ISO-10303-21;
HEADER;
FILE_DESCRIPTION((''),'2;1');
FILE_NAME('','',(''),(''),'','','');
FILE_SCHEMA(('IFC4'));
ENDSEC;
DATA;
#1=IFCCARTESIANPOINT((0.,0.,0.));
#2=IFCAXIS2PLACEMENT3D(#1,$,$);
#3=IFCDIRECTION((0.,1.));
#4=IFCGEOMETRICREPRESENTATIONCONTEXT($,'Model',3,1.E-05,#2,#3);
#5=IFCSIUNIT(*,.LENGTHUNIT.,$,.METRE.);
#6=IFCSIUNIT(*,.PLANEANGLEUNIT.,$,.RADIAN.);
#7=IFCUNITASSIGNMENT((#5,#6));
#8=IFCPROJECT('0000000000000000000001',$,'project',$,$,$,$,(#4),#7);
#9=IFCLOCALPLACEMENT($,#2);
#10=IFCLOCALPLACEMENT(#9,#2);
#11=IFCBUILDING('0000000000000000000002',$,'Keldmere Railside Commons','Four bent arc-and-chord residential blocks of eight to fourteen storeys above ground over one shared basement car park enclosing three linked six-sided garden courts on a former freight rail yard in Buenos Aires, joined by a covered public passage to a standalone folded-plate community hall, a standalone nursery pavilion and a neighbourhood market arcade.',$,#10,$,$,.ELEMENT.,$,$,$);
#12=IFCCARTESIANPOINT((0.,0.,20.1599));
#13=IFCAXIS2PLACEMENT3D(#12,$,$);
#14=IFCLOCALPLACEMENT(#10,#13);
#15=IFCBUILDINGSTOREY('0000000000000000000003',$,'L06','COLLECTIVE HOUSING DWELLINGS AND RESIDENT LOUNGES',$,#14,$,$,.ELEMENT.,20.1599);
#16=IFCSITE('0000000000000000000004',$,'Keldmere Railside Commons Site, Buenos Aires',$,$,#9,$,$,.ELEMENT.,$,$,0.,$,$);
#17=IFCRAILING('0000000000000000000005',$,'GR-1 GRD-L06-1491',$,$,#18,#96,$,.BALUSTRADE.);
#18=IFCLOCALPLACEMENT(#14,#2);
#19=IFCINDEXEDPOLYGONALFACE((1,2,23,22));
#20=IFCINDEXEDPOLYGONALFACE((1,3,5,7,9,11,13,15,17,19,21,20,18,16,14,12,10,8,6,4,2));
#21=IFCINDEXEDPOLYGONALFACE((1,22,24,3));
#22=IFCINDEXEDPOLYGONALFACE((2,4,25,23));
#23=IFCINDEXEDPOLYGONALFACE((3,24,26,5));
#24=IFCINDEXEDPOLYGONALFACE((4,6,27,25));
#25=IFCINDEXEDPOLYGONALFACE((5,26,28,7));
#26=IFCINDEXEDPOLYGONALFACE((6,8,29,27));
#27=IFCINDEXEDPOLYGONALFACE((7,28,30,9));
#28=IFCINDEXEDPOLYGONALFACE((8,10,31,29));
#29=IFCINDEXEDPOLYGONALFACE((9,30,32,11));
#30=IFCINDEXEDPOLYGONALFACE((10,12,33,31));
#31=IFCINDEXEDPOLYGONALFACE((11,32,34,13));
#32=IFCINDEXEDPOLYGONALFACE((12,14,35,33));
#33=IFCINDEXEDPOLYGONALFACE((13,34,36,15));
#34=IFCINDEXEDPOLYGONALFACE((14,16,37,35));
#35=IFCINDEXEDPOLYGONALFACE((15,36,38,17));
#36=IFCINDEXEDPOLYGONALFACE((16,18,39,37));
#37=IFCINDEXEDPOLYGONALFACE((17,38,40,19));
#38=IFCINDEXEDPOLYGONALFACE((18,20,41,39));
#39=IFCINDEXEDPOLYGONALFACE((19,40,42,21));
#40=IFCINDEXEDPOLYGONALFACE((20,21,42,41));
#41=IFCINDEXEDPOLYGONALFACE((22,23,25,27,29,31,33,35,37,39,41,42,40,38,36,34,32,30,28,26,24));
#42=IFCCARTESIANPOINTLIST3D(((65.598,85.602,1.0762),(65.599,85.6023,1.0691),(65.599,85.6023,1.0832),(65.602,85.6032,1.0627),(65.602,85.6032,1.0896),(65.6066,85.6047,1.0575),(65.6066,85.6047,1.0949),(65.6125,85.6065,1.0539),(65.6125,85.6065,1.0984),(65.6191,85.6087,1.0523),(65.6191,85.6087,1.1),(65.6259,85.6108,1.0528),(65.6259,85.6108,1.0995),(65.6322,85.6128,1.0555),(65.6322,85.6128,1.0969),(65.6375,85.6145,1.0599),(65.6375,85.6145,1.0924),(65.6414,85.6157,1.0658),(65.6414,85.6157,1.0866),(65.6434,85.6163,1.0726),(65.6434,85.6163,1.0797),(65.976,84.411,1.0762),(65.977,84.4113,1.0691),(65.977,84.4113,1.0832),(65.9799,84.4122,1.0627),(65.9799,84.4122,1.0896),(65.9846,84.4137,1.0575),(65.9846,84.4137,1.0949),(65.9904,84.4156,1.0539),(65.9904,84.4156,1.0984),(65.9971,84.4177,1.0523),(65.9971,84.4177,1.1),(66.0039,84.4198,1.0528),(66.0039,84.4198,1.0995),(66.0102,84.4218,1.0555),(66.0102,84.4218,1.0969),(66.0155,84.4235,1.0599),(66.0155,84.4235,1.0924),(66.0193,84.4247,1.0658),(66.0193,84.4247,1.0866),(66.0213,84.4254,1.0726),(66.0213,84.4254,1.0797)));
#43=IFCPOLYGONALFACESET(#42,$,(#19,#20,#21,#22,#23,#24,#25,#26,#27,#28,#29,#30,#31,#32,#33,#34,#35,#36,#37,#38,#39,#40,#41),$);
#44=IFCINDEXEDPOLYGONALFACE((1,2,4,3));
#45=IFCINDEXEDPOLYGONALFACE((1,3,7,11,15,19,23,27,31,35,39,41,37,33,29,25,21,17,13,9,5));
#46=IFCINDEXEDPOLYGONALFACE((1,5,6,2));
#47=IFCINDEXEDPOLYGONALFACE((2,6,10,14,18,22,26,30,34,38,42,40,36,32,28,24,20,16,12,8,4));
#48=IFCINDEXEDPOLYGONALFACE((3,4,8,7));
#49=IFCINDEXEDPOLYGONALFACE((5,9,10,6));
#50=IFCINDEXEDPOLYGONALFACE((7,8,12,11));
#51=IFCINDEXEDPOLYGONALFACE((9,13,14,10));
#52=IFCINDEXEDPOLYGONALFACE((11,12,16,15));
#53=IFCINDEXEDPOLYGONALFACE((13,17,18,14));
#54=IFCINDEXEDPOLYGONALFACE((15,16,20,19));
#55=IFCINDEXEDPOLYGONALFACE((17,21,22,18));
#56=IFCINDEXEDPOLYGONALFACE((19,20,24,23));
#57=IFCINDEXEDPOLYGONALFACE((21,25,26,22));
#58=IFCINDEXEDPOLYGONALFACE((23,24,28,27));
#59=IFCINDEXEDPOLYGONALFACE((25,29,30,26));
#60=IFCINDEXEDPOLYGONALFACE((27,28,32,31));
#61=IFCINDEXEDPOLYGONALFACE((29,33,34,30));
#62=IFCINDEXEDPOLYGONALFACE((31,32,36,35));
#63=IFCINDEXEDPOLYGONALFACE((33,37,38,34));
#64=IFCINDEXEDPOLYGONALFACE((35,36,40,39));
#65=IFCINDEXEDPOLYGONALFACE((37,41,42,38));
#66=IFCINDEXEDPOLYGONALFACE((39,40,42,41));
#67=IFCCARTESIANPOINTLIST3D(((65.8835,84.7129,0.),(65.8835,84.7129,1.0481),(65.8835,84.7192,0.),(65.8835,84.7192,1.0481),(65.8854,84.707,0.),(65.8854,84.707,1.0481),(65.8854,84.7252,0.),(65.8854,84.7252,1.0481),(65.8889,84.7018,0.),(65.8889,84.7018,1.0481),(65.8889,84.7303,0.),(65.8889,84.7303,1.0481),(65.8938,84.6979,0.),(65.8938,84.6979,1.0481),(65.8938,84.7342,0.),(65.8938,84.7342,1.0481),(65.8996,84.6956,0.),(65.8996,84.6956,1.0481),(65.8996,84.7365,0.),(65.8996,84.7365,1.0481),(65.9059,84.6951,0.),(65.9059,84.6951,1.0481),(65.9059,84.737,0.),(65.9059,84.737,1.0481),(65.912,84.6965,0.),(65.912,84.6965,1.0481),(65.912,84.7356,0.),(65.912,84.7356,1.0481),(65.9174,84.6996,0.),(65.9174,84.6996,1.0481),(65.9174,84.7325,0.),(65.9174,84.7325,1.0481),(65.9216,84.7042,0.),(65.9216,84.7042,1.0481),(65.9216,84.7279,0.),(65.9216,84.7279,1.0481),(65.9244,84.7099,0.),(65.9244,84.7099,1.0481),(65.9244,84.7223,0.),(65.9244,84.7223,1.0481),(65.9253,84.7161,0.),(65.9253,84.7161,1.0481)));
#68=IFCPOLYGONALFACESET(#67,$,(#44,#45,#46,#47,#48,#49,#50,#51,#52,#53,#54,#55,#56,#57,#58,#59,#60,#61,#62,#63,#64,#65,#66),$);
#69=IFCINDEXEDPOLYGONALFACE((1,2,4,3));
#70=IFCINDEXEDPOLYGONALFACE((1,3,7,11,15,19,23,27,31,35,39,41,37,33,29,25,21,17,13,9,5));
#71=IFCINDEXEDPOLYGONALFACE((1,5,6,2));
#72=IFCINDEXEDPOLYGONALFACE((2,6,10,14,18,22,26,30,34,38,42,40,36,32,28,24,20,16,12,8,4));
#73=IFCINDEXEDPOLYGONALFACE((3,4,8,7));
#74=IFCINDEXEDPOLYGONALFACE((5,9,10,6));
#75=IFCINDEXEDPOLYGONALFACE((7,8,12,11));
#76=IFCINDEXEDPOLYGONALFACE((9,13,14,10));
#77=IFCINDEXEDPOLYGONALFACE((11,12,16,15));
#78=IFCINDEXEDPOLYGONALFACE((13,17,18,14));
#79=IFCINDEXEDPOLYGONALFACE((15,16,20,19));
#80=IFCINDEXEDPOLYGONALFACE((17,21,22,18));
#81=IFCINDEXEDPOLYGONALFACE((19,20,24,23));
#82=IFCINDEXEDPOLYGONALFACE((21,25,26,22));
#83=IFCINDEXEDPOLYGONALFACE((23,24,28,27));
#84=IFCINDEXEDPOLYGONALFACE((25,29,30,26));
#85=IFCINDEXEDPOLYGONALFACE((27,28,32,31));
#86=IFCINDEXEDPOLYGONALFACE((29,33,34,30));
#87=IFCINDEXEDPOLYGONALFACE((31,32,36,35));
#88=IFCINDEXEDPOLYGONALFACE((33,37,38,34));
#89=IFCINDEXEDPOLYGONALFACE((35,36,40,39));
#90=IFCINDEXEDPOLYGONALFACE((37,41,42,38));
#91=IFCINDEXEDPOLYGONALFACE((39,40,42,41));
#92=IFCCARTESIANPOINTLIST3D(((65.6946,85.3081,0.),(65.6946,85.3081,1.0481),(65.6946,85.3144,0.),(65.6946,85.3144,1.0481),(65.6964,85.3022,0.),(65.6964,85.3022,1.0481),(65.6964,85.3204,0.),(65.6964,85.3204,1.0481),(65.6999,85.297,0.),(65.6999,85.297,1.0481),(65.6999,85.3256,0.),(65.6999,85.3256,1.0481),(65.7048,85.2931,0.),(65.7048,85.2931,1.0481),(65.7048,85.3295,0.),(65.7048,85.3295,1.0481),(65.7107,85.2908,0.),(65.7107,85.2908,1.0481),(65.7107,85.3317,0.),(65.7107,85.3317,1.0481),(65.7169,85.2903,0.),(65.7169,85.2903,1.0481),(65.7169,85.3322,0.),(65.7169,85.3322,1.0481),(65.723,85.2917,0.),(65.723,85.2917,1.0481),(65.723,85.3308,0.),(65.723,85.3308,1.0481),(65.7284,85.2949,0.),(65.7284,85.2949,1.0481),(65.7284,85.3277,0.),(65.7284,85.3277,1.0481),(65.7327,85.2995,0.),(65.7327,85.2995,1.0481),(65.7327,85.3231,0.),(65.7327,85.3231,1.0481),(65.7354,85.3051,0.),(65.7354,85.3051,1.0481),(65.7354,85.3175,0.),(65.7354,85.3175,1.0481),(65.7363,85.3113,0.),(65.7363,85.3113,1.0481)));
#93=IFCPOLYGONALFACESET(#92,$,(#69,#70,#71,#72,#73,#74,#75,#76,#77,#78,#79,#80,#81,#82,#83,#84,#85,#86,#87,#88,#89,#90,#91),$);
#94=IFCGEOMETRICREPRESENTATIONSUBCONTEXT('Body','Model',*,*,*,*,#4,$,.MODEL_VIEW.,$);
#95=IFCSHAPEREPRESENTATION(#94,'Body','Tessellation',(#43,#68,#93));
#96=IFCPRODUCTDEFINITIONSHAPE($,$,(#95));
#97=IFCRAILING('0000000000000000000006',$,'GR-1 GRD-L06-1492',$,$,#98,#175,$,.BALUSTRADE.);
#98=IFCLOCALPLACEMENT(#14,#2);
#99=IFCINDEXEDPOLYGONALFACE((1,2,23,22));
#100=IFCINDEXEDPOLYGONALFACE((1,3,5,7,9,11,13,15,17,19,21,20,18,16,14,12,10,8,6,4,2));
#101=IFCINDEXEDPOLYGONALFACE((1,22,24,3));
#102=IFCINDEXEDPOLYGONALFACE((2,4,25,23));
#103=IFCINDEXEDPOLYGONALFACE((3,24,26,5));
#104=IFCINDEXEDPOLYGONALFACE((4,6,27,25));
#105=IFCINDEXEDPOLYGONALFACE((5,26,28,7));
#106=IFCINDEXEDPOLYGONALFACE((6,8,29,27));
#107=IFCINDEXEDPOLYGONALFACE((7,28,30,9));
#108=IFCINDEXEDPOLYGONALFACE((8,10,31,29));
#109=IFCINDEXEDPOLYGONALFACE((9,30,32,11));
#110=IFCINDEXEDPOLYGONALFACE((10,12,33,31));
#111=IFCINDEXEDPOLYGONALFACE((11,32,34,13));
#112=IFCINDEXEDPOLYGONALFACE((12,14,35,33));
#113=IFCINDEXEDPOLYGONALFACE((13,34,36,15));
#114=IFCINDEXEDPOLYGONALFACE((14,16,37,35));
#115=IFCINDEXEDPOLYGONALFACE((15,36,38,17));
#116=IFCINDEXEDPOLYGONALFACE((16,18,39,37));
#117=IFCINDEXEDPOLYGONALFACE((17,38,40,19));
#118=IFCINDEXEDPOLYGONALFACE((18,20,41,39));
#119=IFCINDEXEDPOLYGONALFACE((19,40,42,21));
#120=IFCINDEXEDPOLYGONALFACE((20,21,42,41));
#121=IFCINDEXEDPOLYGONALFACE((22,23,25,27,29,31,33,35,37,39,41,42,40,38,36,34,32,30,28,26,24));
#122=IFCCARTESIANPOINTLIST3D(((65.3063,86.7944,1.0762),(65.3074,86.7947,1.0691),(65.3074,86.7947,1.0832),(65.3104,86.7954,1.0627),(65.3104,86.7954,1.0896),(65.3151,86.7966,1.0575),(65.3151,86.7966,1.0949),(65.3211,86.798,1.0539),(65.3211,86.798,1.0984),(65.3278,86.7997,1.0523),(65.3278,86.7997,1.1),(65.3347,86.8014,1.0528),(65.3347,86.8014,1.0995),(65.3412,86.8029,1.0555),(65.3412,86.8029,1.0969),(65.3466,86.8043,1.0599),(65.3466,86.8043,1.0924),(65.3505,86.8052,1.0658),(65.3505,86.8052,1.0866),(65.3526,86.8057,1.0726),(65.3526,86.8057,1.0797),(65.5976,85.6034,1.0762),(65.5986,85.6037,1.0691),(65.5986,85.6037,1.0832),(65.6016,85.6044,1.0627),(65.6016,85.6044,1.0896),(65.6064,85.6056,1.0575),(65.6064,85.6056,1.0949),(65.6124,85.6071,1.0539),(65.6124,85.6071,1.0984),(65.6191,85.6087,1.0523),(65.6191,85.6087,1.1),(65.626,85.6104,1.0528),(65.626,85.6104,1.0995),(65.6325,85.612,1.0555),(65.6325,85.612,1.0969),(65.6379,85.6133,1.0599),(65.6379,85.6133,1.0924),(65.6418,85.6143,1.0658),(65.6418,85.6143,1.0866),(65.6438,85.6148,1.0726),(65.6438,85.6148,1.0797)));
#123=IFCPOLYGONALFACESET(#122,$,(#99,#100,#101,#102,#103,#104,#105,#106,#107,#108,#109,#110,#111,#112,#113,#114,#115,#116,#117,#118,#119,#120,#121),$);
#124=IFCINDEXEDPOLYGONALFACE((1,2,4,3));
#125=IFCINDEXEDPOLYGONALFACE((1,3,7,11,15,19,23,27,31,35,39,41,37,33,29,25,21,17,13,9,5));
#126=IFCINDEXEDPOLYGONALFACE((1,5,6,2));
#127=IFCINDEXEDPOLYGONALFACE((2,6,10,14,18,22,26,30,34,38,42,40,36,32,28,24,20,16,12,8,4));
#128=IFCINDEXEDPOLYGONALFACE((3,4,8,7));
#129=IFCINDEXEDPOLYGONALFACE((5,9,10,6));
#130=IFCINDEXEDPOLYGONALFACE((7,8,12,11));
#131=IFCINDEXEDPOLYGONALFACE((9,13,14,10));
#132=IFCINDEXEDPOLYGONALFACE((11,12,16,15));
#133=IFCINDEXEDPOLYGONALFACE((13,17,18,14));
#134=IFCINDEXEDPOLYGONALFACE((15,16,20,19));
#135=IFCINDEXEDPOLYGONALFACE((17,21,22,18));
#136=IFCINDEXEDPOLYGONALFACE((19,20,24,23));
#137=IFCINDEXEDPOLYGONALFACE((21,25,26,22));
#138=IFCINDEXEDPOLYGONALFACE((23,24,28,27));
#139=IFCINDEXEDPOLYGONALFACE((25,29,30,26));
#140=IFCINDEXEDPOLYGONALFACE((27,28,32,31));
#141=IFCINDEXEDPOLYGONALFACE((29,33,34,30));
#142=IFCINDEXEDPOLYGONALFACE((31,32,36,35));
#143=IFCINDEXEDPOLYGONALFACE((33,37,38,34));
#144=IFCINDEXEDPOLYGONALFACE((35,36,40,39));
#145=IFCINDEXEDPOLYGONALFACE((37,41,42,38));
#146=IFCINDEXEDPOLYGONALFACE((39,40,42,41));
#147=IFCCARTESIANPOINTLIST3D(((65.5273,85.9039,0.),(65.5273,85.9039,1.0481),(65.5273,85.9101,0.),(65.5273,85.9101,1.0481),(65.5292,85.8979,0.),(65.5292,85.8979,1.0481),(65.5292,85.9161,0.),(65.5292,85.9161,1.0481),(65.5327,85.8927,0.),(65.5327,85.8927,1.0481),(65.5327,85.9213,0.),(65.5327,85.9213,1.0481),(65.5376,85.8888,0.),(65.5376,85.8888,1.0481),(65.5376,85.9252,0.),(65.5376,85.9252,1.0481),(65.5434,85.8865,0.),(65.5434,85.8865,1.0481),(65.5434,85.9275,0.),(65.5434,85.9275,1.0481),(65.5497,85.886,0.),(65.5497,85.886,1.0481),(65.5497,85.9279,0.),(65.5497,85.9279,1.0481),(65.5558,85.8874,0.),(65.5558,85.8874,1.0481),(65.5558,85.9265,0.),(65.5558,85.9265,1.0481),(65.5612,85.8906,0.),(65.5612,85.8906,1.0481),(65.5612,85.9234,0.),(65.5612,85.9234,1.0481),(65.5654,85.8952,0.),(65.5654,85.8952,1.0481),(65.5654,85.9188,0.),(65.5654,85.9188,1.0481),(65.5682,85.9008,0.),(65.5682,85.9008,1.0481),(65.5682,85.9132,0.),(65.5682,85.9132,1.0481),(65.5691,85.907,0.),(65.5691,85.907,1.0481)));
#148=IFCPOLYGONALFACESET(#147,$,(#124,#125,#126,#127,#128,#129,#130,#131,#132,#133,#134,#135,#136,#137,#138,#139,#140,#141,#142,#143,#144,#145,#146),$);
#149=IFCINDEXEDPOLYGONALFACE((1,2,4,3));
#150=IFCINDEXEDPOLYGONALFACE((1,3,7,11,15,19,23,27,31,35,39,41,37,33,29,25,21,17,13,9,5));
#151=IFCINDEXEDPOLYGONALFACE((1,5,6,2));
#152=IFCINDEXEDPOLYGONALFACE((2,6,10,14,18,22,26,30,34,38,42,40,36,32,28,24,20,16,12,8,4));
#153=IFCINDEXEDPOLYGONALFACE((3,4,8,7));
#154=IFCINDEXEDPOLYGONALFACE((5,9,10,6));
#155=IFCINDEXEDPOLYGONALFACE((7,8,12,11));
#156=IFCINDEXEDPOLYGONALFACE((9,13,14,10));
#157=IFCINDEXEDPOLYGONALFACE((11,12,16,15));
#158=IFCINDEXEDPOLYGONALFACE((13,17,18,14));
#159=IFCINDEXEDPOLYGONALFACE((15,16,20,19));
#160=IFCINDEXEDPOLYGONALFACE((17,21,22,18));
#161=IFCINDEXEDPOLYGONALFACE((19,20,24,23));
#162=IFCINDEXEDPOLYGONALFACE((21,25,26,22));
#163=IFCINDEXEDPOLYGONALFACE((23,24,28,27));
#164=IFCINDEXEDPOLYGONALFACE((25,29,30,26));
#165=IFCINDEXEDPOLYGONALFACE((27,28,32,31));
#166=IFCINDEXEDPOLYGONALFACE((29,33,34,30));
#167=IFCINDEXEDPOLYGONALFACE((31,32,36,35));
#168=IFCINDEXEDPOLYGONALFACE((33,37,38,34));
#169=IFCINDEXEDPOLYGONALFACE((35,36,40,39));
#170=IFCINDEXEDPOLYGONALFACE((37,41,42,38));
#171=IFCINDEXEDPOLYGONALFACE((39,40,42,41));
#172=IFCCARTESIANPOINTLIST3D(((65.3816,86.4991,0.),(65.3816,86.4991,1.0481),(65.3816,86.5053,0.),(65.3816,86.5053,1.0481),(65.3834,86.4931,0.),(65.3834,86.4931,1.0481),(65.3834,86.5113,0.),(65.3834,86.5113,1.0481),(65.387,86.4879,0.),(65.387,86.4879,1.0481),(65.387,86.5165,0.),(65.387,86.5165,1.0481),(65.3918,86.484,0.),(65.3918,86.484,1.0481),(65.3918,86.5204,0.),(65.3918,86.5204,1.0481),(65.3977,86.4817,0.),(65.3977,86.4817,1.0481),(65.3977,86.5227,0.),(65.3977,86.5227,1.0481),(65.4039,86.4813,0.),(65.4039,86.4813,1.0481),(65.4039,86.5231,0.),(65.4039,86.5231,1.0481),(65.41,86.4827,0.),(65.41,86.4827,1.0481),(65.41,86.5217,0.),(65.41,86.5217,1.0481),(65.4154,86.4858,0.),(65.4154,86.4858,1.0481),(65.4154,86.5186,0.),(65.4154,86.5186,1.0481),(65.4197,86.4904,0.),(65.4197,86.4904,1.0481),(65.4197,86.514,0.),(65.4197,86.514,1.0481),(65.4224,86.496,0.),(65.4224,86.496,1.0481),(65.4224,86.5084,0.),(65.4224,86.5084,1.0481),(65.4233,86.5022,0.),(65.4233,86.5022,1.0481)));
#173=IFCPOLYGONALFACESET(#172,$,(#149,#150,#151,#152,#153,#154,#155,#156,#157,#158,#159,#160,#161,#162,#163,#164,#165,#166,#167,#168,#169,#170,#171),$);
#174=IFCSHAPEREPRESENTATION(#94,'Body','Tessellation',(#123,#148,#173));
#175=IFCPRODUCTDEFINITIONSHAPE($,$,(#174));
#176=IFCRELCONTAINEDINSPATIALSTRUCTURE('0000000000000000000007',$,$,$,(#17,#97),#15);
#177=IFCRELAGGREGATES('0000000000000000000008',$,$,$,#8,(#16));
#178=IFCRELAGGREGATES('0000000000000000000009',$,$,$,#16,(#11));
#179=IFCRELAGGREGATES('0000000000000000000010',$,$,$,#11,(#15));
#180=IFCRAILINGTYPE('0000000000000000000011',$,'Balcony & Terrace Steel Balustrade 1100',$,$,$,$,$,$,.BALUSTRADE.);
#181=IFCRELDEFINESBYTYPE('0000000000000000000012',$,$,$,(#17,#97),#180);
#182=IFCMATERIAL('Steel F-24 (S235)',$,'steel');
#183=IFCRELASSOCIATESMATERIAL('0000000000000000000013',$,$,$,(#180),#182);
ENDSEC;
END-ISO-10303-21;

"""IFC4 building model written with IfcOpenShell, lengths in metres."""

from ifc_helpers import new_model, si_unit, direction, frame, origin, origin_2d, place, context, subcontext, project, spatial, circle, extrude, material, type_object, element, save


model = new_model("IFC4")

# Units and contexts
model_context = context("Model", 3, precision=1e-05, world=origin(), true_north=direction((0.0, 1.0)))
body_context = subcontext(model_context, "Body", "Model", "MODEL_VIEW")
ifc_project = project(units=[si_unit("LENGTHUNIT", "METRE"), si_unit("PLANEANGLEUNIT", "RADIAN")], contexts=[model_context])

# Site, building, storey
site_placement = place(None, origin())
site = spatial("IfcSite", under=ifc_project, at=site_placement, Name="Keldmere Railside Commons Site, Buenos Aires", CompositionType="ELEMENT", RefElevation=0.0)
building_placement = place(site_placement, origin())
building = spatial("IfcBuilding", under=site, at=building_placement, Name="Keldmere Railside Commons", Description="Four bent arc-and-chord residential blocks of eight to fourteen storeys above ground over one shared basement car park enclosing three linked six-sided garden courts on a former freight rail yard in Buenos Aires, joined by a covered public passage to a standalone folded-plate community hall, a standalone nursery pavilion and a neighbourhood market arcade.", CompositionType="ELEMENT")
storey_placement = place(building_placement, frame((0.0, 0.0, 20.1599)))
storey = spatial("IfcBuildingStorey", under=building, at=storey_placement, Name="L06", Description="COLLECTIVE HOUSING DWELLINGS AND RESIDENT LOUNGES", CompositionType="ELEMENT", Elevation=20.1599)

# Railings
ifc_material_1 = material(Name="Steel F-24 (S235)", Category="steel")
railing_type = type_object("IfcRailingType", Name="Balcony & Terrace Steel Balustrade 1100", PredefinedType="BALUSTRADE", material=ifc_material_1)
railing_1_placement = place(storey_placement, frame((65.9988, 84.4182, 0.0)))
element("IfcRailing", 1, at=railing_1_placement, inside=storey, type_object=railing_type, Name="GR-1 GRD-L06-1491", PredefinedType="BALUSTRADE", context=body_context, shape_type="SweptSolid", body=[
    extrude(circle(Radius=0.0239, at=origin_2d()), frame((0.0, 0.0, 1.0762), z_axis=(-0.302478, 0.953156, 0.0), x_axis=(-0.953156, -0.302478, 0.0)), (0.0, 0.0, 1.0), 1.2495),
    extrude(circle(Radius=0.021, at=origin_2d()), frame((-0.0945, 0.2979, 0.0)), (0.0, 0.0, 1.0), 1.0481),
    extrude(circle(Radius=0.021, at=origin_2d()), frame((-0.2834, 0.8931, 0.0)), (0.0, 0.0, 1.0), 1.0481),
])
railing_2_placement = place(storey_placement, frame((65.6208, 85.6091, 0.0)))
element("IfcRailing", 2, at=railing_2_placement, inside=storey, type_object=railing_type, Name="GR-1 GRD-L06-1492", PredefinedType="BALUSTRADE", context=body_context, shape_type="SweptSolid", body=[
    extrude(circle(Radius=0.0239, at=origin_2d()), frame((0.0, 0.0, 1.0762), z_axis=(-0.237566, 0.971371, 0.0), x_axis=(-0.971371, -0.237566, 0.0)), (0.0, 0.0, 1.0), 1.2261),
    extrude(circle(Radius=0.021, at=origin_2d()), frame((-0.0728, 0.2979, 0.0)), (0.0, 0.0, 1.0), 1.0481),
    extrude(circle(Radius=0.021, at=origin_2d()), frame((-0.2185, 0.8931, 0.0)), (0.0, 0.0, 1.0), 1.0481),
])

save(model, "model.ifc")
